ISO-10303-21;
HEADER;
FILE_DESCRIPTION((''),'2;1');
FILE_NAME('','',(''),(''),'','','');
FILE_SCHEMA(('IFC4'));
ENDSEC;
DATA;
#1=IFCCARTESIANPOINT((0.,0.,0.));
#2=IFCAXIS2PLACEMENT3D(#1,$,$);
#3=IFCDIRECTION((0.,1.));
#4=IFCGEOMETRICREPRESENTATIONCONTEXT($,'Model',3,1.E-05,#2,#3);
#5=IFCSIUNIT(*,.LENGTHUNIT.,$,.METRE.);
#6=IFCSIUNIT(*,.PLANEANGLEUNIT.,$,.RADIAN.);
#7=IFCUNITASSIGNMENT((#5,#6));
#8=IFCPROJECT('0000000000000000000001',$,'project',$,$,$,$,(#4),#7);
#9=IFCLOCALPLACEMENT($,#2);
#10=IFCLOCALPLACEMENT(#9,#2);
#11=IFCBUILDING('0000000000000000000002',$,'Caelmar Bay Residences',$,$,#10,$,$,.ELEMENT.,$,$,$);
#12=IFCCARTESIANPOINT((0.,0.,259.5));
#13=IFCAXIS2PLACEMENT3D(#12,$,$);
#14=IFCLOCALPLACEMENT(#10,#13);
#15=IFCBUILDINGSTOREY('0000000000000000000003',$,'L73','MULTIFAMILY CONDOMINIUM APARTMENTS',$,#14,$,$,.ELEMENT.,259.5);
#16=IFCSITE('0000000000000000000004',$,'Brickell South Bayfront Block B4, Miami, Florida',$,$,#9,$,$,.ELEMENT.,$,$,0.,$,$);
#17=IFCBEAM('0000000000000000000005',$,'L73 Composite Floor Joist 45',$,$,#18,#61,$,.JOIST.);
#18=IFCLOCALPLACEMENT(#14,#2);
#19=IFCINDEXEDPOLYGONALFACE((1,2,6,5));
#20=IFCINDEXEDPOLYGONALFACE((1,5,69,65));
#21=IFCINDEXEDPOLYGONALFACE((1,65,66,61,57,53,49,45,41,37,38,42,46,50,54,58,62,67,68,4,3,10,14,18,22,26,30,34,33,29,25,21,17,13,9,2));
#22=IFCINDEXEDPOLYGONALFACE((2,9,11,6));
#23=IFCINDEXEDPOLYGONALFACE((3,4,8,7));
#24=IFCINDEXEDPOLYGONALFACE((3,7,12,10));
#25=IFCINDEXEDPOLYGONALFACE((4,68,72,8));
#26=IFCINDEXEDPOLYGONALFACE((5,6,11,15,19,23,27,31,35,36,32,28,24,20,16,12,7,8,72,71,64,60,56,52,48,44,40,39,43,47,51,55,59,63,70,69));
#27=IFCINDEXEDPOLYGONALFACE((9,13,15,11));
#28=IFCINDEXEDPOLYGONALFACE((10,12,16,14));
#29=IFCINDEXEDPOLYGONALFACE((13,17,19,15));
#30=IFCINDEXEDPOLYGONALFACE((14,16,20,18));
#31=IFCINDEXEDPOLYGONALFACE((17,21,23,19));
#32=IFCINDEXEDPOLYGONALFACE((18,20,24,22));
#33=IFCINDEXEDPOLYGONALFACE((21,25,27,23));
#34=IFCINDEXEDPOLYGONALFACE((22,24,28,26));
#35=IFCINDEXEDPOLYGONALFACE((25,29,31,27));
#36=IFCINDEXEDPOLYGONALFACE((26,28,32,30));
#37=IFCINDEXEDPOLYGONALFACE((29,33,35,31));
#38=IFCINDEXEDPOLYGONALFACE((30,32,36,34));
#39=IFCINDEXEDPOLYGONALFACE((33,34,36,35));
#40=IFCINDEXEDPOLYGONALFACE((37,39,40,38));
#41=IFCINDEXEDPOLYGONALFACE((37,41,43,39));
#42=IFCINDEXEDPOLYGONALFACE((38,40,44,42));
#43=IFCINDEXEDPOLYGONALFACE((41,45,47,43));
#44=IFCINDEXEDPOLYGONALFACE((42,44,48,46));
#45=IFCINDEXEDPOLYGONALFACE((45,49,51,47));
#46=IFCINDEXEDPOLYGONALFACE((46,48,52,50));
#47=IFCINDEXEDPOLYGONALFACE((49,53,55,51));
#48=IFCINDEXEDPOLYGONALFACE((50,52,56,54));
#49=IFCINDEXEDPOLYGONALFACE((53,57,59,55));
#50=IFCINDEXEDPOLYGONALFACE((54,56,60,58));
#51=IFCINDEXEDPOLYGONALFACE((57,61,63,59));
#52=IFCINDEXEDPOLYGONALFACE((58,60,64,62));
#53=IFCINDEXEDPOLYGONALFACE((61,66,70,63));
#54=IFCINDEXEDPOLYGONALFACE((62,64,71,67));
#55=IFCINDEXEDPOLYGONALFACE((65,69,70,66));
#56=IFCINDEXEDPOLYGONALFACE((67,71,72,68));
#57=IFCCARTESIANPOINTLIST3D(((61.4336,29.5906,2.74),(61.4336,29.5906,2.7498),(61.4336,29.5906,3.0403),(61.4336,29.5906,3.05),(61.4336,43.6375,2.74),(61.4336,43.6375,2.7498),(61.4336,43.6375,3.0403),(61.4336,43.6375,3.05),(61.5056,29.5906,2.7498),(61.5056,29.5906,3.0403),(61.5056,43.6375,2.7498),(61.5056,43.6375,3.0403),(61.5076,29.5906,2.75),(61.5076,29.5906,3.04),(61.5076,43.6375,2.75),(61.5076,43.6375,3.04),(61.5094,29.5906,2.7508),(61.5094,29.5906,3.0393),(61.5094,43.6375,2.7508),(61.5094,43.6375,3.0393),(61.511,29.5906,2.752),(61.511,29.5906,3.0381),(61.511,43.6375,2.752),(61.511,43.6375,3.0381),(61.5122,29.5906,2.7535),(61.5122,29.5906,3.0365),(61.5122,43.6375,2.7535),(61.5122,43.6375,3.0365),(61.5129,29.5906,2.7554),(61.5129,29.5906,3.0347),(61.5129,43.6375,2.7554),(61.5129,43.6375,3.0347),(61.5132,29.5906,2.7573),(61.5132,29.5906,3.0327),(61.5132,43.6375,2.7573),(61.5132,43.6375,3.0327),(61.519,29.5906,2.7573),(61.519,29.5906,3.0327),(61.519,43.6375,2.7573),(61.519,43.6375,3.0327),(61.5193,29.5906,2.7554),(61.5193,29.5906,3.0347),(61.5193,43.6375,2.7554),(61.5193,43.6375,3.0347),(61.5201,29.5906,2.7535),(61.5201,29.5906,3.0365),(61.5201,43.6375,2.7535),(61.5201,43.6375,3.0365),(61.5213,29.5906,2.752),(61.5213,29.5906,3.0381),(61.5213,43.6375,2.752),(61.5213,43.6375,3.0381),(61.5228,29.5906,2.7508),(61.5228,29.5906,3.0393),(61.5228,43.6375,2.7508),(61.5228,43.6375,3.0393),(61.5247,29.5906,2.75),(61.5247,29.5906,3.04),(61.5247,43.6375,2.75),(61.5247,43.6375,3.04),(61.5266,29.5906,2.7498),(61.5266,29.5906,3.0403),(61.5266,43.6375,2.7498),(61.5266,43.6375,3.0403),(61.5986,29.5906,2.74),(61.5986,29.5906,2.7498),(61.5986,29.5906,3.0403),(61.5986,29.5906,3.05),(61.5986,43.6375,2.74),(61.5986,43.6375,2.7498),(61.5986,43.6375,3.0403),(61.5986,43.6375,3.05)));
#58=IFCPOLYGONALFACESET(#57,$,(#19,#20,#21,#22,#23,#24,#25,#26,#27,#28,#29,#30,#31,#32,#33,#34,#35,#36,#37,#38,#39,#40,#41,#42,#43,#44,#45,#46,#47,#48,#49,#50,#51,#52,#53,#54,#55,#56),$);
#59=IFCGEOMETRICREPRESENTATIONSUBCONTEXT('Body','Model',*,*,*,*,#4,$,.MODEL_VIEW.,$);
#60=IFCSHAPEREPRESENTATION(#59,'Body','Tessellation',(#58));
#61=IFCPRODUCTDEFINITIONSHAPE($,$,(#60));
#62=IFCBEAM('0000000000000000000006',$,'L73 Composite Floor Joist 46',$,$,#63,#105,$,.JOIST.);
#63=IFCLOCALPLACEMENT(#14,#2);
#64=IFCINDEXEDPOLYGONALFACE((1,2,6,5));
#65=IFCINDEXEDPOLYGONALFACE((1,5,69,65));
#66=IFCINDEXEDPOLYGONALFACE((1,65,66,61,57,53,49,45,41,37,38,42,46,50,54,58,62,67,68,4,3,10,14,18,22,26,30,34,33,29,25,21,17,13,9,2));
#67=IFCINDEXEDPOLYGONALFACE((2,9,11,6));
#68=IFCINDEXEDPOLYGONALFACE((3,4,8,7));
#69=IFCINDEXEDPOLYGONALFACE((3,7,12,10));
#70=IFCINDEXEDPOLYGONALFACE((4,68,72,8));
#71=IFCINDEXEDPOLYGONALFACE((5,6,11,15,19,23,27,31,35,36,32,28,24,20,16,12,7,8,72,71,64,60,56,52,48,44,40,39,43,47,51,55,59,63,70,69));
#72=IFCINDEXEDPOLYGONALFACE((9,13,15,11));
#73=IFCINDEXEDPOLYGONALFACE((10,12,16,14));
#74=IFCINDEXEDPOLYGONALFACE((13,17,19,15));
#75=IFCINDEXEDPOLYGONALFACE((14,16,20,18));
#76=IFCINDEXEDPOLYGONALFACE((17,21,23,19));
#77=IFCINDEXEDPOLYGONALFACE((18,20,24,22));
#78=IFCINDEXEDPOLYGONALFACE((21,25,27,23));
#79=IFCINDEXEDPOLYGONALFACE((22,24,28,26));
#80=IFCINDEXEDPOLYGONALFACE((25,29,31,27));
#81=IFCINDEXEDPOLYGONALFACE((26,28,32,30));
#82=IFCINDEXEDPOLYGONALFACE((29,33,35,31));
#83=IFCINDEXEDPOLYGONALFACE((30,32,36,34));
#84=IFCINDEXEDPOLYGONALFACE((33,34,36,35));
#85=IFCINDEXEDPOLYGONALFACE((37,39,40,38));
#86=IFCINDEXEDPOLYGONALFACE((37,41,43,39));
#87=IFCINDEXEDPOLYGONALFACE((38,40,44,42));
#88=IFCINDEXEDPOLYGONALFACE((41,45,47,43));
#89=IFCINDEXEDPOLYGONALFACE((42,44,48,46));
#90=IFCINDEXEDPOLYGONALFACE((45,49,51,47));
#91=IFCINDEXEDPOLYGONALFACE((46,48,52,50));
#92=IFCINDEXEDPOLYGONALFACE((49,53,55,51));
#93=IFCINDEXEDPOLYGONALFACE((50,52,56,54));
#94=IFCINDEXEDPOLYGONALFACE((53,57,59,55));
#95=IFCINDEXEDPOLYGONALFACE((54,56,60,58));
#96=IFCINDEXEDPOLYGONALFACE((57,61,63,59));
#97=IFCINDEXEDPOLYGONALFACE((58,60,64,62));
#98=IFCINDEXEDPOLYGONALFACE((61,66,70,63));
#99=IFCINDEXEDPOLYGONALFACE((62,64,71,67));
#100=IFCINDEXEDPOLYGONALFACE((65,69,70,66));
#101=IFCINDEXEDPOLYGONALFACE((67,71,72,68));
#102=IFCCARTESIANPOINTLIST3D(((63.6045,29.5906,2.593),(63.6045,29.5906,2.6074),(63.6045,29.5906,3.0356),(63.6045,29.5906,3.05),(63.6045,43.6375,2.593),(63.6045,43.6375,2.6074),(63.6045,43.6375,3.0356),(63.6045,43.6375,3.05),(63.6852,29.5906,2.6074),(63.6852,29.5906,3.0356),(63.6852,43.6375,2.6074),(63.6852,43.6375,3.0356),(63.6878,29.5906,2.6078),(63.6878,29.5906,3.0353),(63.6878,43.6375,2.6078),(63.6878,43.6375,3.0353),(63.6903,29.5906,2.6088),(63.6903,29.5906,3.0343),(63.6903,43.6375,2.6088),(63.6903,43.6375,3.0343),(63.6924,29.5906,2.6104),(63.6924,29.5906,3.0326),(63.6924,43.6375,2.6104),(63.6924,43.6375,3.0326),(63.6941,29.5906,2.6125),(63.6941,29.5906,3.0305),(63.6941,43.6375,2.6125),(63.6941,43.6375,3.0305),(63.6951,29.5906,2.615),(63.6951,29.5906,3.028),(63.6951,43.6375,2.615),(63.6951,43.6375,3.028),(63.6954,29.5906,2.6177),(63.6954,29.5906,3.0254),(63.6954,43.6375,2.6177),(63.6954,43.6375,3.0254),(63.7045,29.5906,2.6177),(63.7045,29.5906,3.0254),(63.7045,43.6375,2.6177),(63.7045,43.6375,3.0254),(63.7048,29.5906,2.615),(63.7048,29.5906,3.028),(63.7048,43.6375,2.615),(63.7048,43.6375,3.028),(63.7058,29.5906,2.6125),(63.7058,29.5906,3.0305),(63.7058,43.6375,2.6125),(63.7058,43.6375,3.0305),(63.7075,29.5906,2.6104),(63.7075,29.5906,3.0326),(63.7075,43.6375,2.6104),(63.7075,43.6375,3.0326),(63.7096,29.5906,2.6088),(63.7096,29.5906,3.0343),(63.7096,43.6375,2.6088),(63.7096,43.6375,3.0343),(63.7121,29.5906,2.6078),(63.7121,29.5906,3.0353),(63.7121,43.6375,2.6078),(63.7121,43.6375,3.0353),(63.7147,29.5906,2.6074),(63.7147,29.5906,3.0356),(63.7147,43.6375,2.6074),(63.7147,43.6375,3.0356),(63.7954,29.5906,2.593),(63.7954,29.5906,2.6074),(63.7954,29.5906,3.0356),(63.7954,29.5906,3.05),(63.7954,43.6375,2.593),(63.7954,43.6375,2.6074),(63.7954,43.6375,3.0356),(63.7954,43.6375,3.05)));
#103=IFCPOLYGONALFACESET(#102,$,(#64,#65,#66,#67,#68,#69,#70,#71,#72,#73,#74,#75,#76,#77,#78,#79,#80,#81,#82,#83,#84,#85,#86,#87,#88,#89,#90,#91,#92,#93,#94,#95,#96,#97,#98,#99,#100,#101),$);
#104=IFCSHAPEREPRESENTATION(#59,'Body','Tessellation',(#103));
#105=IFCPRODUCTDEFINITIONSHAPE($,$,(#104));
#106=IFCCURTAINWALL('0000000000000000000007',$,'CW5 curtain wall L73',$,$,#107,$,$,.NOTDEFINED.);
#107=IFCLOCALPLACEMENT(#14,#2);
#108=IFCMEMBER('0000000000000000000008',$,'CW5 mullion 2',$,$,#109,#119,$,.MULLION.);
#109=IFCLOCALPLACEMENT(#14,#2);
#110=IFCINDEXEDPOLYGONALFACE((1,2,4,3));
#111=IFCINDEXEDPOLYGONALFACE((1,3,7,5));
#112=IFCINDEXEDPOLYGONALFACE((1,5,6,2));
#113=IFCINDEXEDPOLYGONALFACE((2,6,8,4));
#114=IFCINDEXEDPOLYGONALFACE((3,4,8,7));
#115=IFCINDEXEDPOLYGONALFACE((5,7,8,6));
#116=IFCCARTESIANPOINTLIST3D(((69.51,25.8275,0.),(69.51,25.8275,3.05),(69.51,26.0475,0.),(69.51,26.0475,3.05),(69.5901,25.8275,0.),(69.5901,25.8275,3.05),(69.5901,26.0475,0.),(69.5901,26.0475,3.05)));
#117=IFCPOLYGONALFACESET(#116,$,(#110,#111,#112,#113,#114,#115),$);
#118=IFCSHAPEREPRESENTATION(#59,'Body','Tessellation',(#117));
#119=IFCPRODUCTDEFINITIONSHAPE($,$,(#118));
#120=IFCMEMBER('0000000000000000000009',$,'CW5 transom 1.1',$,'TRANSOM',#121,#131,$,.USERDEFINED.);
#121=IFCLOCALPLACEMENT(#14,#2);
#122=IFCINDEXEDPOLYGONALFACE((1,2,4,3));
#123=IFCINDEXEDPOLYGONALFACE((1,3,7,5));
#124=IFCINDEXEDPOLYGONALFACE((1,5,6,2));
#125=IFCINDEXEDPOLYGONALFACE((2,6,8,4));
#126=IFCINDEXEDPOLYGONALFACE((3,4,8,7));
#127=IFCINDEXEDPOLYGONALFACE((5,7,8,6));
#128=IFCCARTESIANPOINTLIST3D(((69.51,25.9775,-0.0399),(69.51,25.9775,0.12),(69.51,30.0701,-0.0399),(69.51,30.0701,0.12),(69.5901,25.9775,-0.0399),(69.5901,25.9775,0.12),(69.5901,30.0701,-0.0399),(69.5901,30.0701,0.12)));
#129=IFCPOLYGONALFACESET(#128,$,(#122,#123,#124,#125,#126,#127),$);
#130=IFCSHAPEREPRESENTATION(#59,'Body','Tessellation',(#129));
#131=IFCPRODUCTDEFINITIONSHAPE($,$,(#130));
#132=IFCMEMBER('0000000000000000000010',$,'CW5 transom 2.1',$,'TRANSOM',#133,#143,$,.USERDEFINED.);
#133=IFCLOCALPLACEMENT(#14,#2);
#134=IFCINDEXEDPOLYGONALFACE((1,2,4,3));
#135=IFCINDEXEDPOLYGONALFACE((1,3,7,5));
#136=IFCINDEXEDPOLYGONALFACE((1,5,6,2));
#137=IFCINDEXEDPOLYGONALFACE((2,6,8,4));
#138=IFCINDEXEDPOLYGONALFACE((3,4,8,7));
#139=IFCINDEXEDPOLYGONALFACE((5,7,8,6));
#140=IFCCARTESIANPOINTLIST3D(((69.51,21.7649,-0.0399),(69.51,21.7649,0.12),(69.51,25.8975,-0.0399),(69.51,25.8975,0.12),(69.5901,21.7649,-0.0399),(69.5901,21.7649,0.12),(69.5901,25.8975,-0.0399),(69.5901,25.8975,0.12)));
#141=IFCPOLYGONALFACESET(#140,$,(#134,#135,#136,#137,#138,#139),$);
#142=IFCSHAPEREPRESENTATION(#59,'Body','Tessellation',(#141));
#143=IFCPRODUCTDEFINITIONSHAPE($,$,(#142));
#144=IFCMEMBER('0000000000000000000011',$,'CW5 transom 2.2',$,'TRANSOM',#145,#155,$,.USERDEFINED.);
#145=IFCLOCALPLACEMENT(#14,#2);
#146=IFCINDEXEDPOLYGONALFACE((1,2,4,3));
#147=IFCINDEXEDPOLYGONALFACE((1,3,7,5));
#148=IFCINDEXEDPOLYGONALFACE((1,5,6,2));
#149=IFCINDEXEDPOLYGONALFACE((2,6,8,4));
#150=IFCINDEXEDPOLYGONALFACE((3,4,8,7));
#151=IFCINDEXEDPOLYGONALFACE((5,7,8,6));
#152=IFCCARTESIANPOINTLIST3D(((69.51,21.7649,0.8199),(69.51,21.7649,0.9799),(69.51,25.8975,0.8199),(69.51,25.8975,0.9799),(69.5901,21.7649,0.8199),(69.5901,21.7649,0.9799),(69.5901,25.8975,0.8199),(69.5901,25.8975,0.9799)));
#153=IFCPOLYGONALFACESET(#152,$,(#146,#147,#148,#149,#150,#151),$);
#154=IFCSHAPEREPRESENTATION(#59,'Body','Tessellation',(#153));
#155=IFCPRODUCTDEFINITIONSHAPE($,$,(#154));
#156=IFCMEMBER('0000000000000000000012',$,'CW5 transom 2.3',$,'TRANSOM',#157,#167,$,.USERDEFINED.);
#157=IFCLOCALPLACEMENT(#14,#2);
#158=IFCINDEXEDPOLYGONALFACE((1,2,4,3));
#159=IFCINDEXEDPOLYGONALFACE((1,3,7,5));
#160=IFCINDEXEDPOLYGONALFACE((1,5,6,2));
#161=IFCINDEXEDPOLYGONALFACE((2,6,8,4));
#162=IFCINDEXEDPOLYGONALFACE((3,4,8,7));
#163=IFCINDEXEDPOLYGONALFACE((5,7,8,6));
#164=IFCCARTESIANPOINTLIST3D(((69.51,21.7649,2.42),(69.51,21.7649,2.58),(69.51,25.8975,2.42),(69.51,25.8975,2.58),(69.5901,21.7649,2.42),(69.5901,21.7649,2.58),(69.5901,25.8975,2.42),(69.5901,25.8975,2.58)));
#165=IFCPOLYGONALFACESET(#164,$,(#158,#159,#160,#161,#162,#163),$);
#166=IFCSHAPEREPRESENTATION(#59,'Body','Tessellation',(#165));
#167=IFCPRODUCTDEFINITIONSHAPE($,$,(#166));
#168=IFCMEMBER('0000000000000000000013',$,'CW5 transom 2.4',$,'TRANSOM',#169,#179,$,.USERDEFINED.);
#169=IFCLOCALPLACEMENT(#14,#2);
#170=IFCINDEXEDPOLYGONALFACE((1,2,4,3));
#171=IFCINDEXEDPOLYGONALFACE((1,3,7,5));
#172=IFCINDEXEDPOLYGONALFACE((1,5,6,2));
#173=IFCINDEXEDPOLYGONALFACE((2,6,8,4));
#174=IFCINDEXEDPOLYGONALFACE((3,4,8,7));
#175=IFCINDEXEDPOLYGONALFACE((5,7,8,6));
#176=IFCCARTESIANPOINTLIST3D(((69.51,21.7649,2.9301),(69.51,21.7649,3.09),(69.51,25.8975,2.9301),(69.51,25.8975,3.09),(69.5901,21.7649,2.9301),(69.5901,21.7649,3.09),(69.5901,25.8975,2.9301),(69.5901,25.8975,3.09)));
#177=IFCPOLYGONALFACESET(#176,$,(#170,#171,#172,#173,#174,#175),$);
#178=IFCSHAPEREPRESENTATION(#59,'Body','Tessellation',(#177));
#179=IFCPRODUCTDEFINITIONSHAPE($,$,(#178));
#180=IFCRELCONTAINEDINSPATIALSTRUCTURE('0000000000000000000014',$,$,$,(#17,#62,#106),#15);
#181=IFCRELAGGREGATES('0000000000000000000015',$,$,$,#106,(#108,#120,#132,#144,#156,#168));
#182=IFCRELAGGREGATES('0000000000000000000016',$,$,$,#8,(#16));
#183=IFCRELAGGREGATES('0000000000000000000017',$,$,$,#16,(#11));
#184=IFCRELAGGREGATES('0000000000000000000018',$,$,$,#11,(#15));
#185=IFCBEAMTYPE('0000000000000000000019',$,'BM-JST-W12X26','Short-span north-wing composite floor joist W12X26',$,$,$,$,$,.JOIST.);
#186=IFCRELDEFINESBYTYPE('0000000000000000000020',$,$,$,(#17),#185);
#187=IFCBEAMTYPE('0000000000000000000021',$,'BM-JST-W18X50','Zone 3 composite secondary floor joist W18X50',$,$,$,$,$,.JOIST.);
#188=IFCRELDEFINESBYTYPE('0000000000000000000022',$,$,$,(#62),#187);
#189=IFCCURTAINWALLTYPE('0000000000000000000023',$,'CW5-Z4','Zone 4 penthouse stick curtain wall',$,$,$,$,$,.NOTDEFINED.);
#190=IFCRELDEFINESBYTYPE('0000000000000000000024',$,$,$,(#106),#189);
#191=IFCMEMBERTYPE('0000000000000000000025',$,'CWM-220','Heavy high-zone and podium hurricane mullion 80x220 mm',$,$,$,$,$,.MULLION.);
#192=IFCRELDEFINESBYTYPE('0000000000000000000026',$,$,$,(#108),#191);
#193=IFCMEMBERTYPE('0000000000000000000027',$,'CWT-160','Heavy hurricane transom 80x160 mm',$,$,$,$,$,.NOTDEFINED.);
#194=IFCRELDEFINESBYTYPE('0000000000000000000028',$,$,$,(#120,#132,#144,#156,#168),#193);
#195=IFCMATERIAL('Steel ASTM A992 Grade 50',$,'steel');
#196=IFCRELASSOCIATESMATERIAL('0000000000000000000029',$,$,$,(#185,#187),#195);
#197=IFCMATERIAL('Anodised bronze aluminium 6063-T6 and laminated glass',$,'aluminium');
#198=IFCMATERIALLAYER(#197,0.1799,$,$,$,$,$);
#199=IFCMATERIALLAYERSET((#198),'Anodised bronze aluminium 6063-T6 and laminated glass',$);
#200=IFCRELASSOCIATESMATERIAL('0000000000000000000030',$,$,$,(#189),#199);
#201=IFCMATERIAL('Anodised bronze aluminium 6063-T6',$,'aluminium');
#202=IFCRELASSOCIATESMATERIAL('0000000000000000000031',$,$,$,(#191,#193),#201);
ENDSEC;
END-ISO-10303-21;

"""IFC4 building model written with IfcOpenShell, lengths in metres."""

from ifc_helpers import new_model, si_unit, direction, frame, origin, origin_2d, place, context, subcontext, project, spatial, rectangle, i_section, extrude, material, layer, layer_set, material_profile, profile_set, type_object, element, aggregate, save


model = new_model("IFC4")

# Units and contexts
model_context = context("Model", 3, precision=1e-05, world=origin(), true_north=direction((0.0, 1.0)))
body_context = subcontext(model_context, "Body", "Model", "MODEL_VIEW")
ifc_project = project(units=[si_unit("LENGTHUNIT", "METRE"), si_unit("PLANEANGLEUNIT", "RADIAN")], contexts=[model_context])

# Site, building, storey
site_placement = place(None, origin())
site = spatial("IfcSite", under=ifc_project, at=site_placement, Name="Brickell South Bayfront Block B4, Miami, Florida", CompositionType="ELEMENT", RefElevation=0.0)
building_placement = place(site_placement, origin())
building = spatial("IfcBuilding", under=site, at=building_placement, Name="Caelmar Bay Residences", CompositionType="ELEMENT")
storey_placement = place(building_placement, frame((0.0, 0.0, 259.5)))
storey = spatial("IfcBuildingStorey", under=building, at=storey_placement, Name="L73", Description="MULTIFAMILY CONDOMINIUM APARTMENTS", CompositionType="ELEMENT", Elevation=259.5)

# Beams
ifc_material_1 = material(Name="Steel ASTM A992 Grade 50", Category="steel")
ifc_material_profile_1 = material_profile(ifc_material_1, i_section(OverallWidth=0.165, OverallDepth=0.3101, WebThickness=0.0059, FlangeThickness=0.0098, FilletRadius=0.0076, at=origin_2d()), Name="W12X26")
ifc_profile_set_1 = profile_set([ifc_material_profile_1], Name="Steel ASTM A992 Grade 50")
beam_type_1 = type_object("IfcBeamType", Name="BM-JST-W12X26", Description="Short-span north-wing composite floor joist W12X26", PredefinedType="JOIST", material=ifc_profile_set_1)
beam_1_placement = place(storey_placement, frame((61.5161, 29.5906, 2.895), z_axis=(0.0, 1.0, 0.0), x_axis=(-1.0, 0.0, 0.0)))
element("IfcBeam", 1, at=beam_1_placement, inside=storey, type_object=beam_type_1, Name="L73 Composite Floor Joist 45", PredefinedType="JOIST", context=body_context, shape_type="SweptSolid", body=[
    extrude(i_section(OverallWidth=0.165, OverallDepth=0.3101, WebThickness=0.0059, FlangeThickness=0.0098, FilletRadius=0.0076, at=origin_2d()), origin(), (0.0, 0.0, 1.0), 14.0469),
])
ifc_material_profile_2 = material_profile(ifc_material_1, i_section(OverallWidth=0.1909, OverallDepth=0.457, WebThickness=0.009, FlangeThickness=0.0144, FilletRadius=0.0103, at=origin_2d()), Name="W18X50")
ifc_profile_set_2 = profile_set([ifc_material_profile_2], Name="Steel ASTM A992 Grade 50")
beam_type_2 = type_object("IfcBeamType", Name="BM-JST-W18X50", Description="Zone 3 composite secondary floor joist W18X50", PredefinedType="JOIST", material=ifc_profile_set_2)
beam_2_placement = place(storey_placement, frame((63.7, 29.5906, 2.8215), z_axis=(0.0, 1.0, 0.0), x_axis=(-1.0, 0.0, 0.0)))
element("IfcBeam", 2, at=beam_2_placement, inside=storey, type_object=beam_type_2, Name="L73 Composite Floor Joist 46", PredefinedType="JOIST", context=body_context, shape_type="SweptSolid", body=[
    extrude(i_section(OverallWidth=0.1909, OverallDepth=0.457, WebThickness=0.009, FlangeThickness=0.0144, FilletRadius=0.0103, at=origin_2d()), origin(), (0.0, 0.0, 1.0), 14.0469),
])

# Curtain wall, members
ifc_material_2 = material(Name="Anodised bronze aluminium 6063-T6 and laminated glass", Category="aluminium")
ifc_layer_1 = layer(ifc_material_2, 0.1799)
ifc_layer_set_1 = layer_set([ifc_layer_1], Name="Anodised bronze aluminium 6063-T6 and laminated glass")
curtain_wall_type = type_object("IfcCurtainWallType", Name="CW5-Z4", Description="Zone 4 penthouse stick curtain wall", PredefinedType="NOTDEFINED", material=ifc_layer_set_1)
curtain_wall_placement = place(storey_placement, origin())
curtain_wall = element("IfcCurtainWall", 3, at=curtain_wall_placement, inside=storey, type_object=curtain_wall_type, Name="CW5 curtain wall L73", PredefinedType="NOTDEFINED")
ifc_material_3 = material(Name="Anodised bronze aluminium 6063-T6", Category="aluminium")
ifc_material_profile_3 = material_profile(ifc_material_3, rectangle(XDim=0.0801, YDim=0.22, at=origin_2d()), Name="CWM-80X220")
ifc_profile_set_3 = profile_set([ifc_material_profile_3], Name="Anodised bronze aluminium 6063-T6")
member_type_1 = type_object("IfcMemberType", Name="CWM-220", Description="Heavy high-zone and podium hurricane mullion 80x220 mm", PredefinedType="MULLION", material=ifc_profile_set_3)
member_1_placement = place(storey_placement, frame((69.55, 25.9375, 0.0), z_axis=(0.0, 0.0, 1.0), x_axis=(1.0, 0.0, 0.0)))
member_1 = element("IfcMember", 4, at=member_1_placement, type_object=member_type_1, Name="CW5 mullion 2", PredefinedType="MULLION", context=body_context, shape_type="SweptSolid", body=[
    extrude(rectangle(XDim=0.0801, YDim=0.22, at=origin_2d()), origin(), (0.0, 0.0, 1.0), 3.05),
])
ifc_material_profile_4 = material_profile(ifc_material_3, rectangle(XDim=0.0801, YDim=0.1599, at=origin_2d()), Name="CWT-80X160")
ifc_profile_set_4 = profile_set([ifc_material_profile_4], Name="Anodised bronze aluminium 6063-T6")
member_type_2 = type_object("IfcMemberType", Name="CWT-160", Description="Heavy hurricane transom 80x160 mm", PredefinedType="NOTDEFINED", material=ifc_profile_set_4)
member_2_placement = place(storey_placement, frame((69.55, 30.0701, 0.04), z_axis=(0.0, -1.0, 0.0), x_axis=(1.0, 0.0, 0.0)))
member_2 = element("IfcMember", 5, at=member_2_placement, type_object=member_type_2, Name="CW5 transom 1.1", ObjectType="TRANSOM", PredefinedType="USERDEFINED", context=body_context, shape_type="SweptSolid", body=[
    extrude(rectangle(XDim=0.0801, YDim=0.1599, at=origin_2d()), origin(), (0.0, 0.0, 1.0), 4.0925),
])
member_3_placement = place(storey_placement, frame((69.55, 25.8975, 0.04), z_axis=(0.0, -1.0, 0.0), x_axis=(1.0, 0.0, 0.0)))
member_3 = element("IfcMember", 6, at=member_3_placement, type_object=member_type_2, Name="CW5 transom 2.1", ObjectType="TRANSOM", PredefinedType="USERDEFINED", context=body_context, shape_type="SweptSolid", body=[
    extrude(rectangle(XDim=0.0801, YDim=0.1599, at=origin_2d()), origin(), (0.0, 0.0, 1.0), 4.1326),
])
member_4_placement = place(storey_placement, frame((69.55, 25.8975, 0.8999), z_axis=(0.0, -1.0, 0.0), x_axis=(1.0, 0.0, 0.0)))
member_4 = element("IfcMember", 7, at=member_4_placement, type_object=member_type_2, Name="CW5 transom 2.2", ObjectType="TRANSOM", PredefinedType="USERDEFINED", context=body_context, shape_type="SweptSolid", body=[
    extrude(rectangle(XDim=0.0801, YDim=0.1599, at=origin_2d()), origin(), (0.0, 0.0, 1.0), 4.1326),
])
member_5_placement = place(storey_placement, frame((69.55, 25.8975, 2.5), z_axis=(0.0, -1.0, 0.0), x_axis=(1.0, 0.0, 0.0)))
member_5 = element("IfcMember", 8, at=member_5_placement, type_object=member_type_2, Name="CW5 transom 2.3", ObjectType="TRANSOM", PredefinedType="USERDEFINED", context=body_context, shape_type="SweptSolid", body=[
    extrude(rectangle(XDim=0.0801, YDim=0.1599, at=origin_2d()), origin(), (0.0, 0.0, 1.0), 4.1326),
])
member_6_placement = place(storey_placement, frame((69.55, 25.8975, 3.01), z_axis=(0.0, -1.0, 0.0), x_axis=(1.0, 0.0, 0.0)))
member_6 = element("IfcMember", 9, at=member_6_placement, type_object=member_type_2, Name="CW5 transom 2.4", ObjectType="TRANSOM", PredefinedType="USERDEFINED", context=body_context, shape_type="SweptSolid", body=[
    extrude(rectangle(XDim=0.0801, YDim=0.1599, at=origin_2d()), origin(), (0.0, 0.0, 1.0), 4.1326),
])
aggregate(curtain_wall, [member_1, member_2, member_3, member_4, member_5, member_6])

save(model, "model.ifc")
